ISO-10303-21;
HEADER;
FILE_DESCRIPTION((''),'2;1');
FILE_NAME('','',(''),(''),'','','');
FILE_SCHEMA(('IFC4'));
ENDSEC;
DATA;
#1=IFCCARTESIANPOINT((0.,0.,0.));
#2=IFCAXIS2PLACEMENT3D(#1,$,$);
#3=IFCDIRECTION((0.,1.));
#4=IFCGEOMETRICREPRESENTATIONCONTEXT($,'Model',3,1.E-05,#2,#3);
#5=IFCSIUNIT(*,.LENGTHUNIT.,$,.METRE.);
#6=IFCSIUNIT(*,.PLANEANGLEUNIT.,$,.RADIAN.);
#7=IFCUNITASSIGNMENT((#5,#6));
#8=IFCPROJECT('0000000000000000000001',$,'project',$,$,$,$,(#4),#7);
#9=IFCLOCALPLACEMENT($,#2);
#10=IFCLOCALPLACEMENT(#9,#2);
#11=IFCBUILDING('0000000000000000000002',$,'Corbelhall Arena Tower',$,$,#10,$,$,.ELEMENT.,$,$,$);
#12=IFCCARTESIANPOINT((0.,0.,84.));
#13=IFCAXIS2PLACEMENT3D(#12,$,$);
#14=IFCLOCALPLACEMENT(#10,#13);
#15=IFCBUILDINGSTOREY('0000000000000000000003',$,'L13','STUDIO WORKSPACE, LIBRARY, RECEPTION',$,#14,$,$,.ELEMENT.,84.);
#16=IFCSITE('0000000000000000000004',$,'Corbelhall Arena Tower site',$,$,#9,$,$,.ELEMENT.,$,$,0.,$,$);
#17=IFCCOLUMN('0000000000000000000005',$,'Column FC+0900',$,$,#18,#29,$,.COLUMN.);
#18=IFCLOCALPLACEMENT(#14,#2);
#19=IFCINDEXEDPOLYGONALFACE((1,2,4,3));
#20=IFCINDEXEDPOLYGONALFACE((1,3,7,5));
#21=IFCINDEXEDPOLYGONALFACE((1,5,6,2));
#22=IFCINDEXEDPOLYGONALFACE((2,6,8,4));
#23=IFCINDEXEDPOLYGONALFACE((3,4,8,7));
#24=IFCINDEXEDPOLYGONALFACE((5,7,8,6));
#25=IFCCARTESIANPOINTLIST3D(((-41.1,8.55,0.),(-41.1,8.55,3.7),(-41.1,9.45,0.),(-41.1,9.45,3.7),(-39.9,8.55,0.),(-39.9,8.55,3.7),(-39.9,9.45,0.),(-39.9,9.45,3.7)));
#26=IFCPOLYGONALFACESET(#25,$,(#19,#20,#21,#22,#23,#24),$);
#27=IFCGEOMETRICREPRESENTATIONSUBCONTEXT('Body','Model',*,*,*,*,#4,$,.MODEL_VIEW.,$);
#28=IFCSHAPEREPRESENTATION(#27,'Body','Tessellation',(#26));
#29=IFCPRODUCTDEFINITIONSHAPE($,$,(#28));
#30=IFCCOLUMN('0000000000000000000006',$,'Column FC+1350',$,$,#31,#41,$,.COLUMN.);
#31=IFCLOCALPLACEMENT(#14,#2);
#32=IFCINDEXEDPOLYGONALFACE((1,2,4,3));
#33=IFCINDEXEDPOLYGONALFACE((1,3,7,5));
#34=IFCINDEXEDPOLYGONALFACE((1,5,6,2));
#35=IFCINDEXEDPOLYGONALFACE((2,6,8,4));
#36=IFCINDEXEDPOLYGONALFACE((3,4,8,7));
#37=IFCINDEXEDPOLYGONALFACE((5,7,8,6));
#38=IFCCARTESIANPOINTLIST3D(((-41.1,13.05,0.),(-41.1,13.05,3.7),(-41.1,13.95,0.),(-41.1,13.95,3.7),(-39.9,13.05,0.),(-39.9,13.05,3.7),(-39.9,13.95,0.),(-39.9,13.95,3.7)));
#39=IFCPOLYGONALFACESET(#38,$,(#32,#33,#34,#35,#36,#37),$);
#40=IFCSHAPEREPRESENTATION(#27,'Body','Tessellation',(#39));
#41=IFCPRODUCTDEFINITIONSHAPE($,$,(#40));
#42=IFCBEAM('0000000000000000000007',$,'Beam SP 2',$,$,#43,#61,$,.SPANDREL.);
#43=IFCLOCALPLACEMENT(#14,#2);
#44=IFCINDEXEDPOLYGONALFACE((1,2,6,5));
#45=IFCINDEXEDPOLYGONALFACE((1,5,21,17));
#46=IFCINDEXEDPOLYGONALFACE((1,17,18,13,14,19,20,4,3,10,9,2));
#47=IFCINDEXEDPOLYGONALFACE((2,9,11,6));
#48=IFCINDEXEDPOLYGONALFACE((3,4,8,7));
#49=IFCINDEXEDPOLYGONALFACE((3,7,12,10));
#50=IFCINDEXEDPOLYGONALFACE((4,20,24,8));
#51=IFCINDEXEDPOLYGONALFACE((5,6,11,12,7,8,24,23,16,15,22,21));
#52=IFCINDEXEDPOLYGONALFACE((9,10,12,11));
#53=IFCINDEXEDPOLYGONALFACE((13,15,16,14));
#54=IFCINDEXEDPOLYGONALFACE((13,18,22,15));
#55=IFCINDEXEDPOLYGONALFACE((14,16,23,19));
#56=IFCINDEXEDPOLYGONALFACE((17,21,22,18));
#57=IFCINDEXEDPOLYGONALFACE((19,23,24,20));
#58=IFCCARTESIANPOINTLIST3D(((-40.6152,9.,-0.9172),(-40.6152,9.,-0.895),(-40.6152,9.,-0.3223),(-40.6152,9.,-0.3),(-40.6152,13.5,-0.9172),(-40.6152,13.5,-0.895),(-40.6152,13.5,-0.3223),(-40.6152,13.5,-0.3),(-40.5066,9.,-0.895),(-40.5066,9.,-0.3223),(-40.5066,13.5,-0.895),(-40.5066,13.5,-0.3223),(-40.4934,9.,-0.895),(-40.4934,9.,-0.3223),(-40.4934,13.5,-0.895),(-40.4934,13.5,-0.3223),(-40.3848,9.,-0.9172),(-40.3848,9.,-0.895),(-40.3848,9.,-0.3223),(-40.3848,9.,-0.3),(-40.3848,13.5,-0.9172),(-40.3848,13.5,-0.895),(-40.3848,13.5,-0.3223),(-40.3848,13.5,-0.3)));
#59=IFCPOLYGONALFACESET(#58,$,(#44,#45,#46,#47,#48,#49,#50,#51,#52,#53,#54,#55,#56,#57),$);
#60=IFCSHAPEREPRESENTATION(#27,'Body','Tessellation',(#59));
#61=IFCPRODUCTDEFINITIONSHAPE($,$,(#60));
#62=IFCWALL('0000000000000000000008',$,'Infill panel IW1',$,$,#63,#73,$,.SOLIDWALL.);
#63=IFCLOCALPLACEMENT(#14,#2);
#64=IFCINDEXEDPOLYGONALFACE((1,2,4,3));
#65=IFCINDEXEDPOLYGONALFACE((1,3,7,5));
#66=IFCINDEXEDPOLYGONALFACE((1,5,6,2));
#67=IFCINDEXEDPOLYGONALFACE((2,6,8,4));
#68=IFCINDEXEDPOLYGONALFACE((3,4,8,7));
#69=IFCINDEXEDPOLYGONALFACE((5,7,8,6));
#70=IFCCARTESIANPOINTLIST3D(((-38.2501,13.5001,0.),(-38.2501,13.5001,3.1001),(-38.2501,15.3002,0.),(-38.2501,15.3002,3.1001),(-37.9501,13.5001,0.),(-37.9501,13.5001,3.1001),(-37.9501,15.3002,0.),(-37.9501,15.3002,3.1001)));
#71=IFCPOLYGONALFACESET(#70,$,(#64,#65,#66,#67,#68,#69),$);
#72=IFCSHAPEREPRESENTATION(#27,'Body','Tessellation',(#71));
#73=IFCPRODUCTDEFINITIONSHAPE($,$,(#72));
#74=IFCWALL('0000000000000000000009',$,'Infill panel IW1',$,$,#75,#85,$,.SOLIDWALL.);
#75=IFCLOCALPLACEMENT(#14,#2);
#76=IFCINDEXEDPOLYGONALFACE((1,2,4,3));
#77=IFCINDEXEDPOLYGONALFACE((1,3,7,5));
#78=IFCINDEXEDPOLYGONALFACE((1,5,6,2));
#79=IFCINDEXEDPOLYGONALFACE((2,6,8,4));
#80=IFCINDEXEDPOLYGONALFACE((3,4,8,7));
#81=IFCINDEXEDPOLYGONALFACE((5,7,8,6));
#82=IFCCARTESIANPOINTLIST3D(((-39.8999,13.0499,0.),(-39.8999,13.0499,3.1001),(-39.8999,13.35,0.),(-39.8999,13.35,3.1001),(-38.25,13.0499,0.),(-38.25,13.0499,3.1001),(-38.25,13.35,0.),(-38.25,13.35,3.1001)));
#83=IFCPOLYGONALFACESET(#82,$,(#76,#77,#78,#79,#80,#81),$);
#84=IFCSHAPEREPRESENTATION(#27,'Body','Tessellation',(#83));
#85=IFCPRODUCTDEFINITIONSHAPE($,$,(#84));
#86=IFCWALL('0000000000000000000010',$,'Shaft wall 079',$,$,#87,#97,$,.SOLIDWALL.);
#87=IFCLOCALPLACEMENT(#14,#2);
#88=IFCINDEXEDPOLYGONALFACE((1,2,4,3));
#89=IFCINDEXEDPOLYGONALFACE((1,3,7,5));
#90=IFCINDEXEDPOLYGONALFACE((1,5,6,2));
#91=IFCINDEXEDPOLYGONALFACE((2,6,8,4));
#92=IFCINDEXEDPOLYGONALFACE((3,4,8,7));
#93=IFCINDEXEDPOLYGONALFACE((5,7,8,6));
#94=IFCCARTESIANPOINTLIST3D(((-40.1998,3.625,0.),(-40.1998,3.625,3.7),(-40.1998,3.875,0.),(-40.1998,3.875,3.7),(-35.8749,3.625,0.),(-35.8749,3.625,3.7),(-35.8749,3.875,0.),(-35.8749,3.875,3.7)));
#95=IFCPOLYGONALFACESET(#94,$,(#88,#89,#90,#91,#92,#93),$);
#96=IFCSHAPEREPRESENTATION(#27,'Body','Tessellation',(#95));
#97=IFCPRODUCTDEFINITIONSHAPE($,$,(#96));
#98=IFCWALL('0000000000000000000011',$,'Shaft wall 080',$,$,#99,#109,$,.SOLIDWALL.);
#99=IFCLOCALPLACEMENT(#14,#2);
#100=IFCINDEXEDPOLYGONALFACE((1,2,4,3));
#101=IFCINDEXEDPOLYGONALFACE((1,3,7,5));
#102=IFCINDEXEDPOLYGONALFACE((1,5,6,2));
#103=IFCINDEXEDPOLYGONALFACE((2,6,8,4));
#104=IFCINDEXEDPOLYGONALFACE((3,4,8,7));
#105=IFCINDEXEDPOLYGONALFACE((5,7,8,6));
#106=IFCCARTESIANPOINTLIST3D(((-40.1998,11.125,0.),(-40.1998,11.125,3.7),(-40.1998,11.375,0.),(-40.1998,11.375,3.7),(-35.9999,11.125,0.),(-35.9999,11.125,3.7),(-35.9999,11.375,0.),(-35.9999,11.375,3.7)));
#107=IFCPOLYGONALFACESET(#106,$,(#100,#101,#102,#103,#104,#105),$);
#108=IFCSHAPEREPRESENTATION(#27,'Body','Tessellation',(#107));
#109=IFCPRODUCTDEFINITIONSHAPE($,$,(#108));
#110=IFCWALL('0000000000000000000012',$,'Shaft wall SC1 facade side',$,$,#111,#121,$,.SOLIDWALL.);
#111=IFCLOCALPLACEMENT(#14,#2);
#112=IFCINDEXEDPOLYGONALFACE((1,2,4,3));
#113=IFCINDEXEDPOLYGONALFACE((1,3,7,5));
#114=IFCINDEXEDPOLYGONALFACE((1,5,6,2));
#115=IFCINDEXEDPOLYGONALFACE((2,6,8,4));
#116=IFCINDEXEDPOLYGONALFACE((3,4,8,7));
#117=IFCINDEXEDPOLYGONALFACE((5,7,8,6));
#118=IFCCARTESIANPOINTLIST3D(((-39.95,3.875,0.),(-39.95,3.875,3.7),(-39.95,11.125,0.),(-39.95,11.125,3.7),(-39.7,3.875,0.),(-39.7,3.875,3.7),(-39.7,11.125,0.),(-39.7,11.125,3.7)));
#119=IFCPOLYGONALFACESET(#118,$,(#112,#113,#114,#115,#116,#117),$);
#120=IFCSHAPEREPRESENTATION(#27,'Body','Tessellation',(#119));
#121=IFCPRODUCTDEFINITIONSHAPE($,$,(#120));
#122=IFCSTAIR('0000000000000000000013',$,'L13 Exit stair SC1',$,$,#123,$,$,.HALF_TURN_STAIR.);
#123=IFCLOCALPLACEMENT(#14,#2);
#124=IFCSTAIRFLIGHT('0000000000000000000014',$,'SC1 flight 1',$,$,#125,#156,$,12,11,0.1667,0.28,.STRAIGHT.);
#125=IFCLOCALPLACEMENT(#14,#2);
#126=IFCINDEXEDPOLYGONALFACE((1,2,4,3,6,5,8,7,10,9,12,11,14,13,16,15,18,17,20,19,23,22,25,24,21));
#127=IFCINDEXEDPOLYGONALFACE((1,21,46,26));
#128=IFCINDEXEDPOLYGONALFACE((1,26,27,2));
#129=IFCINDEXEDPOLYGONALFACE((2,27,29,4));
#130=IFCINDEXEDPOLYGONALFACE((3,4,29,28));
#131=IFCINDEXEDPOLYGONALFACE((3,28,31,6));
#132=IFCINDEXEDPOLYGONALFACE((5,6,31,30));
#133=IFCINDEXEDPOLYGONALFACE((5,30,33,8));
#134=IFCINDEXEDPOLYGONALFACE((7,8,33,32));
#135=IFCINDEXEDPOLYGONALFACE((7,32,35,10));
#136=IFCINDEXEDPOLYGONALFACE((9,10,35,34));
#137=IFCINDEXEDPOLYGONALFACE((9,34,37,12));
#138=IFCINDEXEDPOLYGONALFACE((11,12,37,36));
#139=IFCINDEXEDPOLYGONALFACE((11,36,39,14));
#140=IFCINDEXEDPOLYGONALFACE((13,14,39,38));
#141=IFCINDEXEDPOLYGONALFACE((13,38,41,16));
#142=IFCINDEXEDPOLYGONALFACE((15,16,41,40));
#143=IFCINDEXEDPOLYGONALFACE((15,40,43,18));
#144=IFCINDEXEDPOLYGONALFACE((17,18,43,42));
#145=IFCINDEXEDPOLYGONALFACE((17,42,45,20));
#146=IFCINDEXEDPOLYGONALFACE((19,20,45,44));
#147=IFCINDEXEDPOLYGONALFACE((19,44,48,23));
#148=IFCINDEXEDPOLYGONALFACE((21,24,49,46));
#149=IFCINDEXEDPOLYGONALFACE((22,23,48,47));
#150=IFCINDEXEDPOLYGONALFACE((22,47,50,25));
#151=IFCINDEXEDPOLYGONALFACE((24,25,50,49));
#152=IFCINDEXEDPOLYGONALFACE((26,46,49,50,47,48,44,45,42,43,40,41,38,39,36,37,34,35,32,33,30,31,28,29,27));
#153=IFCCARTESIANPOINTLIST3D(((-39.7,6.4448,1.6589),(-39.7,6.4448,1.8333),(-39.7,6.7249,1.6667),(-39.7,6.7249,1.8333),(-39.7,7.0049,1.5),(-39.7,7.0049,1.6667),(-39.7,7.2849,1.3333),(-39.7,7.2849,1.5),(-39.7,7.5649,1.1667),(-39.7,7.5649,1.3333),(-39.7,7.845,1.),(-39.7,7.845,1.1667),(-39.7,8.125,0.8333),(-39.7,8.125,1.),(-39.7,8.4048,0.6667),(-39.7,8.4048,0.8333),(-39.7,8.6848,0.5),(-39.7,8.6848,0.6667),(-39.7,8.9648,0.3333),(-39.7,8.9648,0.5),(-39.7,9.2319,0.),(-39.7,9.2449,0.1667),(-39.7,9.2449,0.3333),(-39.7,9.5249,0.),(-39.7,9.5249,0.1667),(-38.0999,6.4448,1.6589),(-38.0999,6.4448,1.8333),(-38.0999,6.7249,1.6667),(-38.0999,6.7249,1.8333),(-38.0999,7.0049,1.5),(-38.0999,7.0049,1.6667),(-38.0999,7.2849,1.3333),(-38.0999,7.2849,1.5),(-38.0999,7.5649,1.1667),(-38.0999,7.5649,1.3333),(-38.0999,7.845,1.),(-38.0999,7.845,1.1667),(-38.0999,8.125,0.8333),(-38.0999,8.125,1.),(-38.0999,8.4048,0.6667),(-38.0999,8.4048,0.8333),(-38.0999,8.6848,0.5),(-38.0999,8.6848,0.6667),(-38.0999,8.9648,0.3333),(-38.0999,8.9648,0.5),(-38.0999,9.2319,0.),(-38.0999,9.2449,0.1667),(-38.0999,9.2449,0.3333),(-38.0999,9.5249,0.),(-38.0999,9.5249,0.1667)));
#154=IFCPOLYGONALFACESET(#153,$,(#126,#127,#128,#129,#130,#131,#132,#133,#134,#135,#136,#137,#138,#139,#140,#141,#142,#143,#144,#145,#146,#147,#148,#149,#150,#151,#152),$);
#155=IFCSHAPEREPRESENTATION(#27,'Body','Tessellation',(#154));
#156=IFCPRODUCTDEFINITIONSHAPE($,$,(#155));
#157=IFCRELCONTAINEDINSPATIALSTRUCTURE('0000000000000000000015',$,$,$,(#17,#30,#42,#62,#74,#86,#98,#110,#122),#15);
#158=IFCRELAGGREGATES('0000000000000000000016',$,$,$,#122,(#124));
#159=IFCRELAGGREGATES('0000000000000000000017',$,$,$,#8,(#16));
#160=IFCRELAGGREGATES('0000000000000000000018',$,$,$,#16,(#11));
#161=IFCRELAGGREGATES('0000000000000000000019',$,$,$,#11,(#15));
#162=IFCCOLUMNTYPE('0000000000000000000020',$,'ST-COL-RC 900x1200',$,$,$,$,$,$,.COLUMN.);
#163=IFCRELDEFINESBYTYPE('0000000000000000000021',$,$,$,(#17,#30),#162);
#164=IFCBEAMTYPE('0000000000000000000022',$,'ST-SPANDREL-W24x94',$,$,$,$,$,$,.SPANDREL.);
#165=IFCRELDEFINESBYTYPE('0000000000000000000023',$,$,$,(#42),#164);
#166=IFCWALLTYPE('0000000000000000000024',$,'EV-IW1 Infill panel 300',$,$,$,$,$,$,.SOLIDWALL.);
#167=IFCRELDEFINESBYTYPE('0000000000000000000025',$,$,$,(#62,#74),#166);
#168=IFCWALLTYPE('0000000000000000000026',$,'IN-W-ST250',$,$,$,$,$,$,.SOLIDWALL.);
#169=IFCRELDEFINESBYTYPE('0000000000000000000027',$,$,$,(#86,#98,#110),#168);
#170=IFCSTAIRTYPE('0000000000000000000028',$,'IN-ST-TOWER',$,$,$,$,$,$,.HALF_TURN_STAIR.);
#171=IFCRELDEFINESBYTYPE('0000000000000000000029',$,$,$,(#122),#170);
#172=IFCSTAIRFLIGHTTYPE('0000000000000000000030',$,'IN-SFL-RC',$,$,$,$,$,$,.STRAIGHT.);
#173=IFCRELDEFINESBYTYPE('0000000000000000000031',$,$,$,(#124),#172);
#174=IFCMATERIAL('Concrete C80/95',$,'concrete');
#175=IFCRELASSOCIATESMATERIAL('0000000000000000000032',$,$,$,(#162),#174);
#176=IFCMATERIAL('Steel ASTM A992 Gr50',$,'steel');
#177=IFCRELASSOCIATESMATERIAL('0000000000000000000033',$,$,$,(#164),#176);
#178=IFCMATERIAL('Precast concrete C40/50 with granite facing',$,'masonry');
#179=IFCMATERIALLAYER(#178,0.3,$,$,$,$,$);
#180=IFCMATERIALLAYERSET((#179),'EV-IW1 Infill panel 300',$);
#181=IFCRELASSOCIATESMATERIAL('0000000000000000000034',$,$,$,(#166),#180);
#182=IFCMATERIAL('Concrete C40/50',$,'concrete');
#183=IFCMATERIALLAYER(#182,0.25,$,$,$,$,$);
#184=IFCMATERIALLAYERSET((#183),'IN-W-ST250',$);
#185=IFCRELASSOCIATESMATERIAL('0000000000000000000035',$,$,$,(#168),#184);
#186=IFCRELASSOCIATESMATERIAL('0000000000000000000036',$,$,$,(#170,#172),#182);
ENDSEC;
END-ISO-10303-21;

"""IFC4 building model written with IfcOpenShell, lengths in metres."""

from ifc_helpers import new_model, si_unit, direction, frame, frame_2d, origin, origin_2d, place, context, subcontext, project, spatial, polyline, rectangle, i_section, outline, extrude, material, layer, layer_set, material_profile, profile_set, type_object, element, aggregate, save


model = new_model("IFC4")

# Units and contexts
model_context = context("Model", 3, precision=1e-05, world=origin(), true_north=direction((0.0, 1.0)))
body_context = subcontext(model_context, "Body", "Model", "MODEL_VIEW")
ifc_project = project(units=[si_unit("LENGTHUNIT", "METRE"), si_unit("PLANEANGLEUNIT", "RADIAN")], contexts=[model_context])

# Site, building, storey
site_placement = place(None, origin())
site = spatial("IfcSite", under=ifc_project, at=site_placement, Name="Corbelhall Arena Tower site", CompositionType="ELEMENT", RefElevation=0.0)
building_placement = place(site_placement, origin())
building = spatial("IfcBuilding", under=site, at=building_placement, Name="Corbelhall Arena Tower", CompositionType="ELEMENT")
storey_placement = place(building_placement, frame((0.0, 0.0, 84.0)))
storey = spatial("IfcBuildingStorey", under=building, at=storey_placement, Name="L13", Description="STUDIO WORKSPACE, LIBRARY, RECEPTION", CompositionType="ELEMENT", Elevation=84.0)

# Columns
ifc_material_1 = material(Name="Concrete C80/95", Category="concrete")
ifc_material_profile_1 = material_profile(ifc_material_1, rectangle(XDim=0.8999, YDim=1.2, at=origin_2d()))
ifc_profile_set_1 = profile_set([ifc_material_profile_1], Name="Concrete C80/95")
column_type = type_object("IfcColumnType", Name="ST-COL-RC 900x1200", PredefinedType="COLUMN", material=ifc_profile_set_1)
for number, where, z_axis, x_axis, name in (
    (1, (-40.5, 9.0, 0.0), (0.0, 0.0, 1.0), (0.0, 1.0, 0.0), "Column FC+0900"),
    (2, (-40.5, 13.5, 0.0), (0.0, 0.0, 1.0), (0.0, 1.0, 0.0), "Column FC+1350"),
):
    element("IfcColumn", number, at=place(storey_placement, frame(where, z_axis=z_axis, x_axis=x_axis)), inside=storey, type_object=column_type, Name=name, PredefinedType="COLUMN", context=body_context, shape_type="SweptSolid", body=[
        extrude(rectangle(XDim=0.8999, YDim=1.2, at=origin_2d()), origin(), (0.0, 0.0, 1.0), 3.7),
    ])

# Beam
ifc_material_2 = material(Name="Steel ASTM A992 Gr50", Category="steel")
ifc_material_profile_2 = material_profile(ifc_material_2, i_section(OverallWidth=0.2305, OverallDepth=0.6172, WebThickness=0.0132, FlangeThickness=0.0222, at=origin_2d()))
ifc_profile_set_2 = profile_set([ifc_material_profile_2], Name="Steel ASTM A992 Gr50")
beam_type = type_object("IfcBeamType", Name="ST-SPANDREL-W24x94", PredefinedType="SPANDREL", material=ifc_profile_set_2)
beam_placement = place(storey_placement, frame((-40.5, 9.0, -0.6086), z_axis=(0.0, 1.0, 0.0), x_axis=(-1.0, 0.0, 0.0)))
element("IfcBeam", 3, at=beam_placement, inside=storey, type_object=beam_type, Name="Beam SP 2", PredefinedType="SPANDREL", context=body_context, shape_type="SweptSolid", body=[
    extrude(i_section(OverallWidth=0.2305, OverallDepth=0.6172, WebThickness=0.0132, FlangeThickness=0.0222, at=origin_2d()), origin(), (0.0, 0.0, 1.0), 4.5),
])

# Walls
ifc_material_3 = material(Name="Precast concrete C40/50 with granite facing", Category="masonry")
ifc_layer_1 = layer(ifc_material_3, 0.3)
ifc_layer_set_1 = layer_set([ifc_layer_1], Name="EV-IW1 Infill panel 300")
wall_type_1 = type_object("IfcWallType", Name="EV-IW1 Infill panel 300", PredefinedType="SOLIDWALL", material=ifc_layer_set_1)
wall_1_placement = place(storey_placement, frame((-38.1001, 15.3, 0.0), z_axis=(0.0, 0.0, 1.0), x_axis=(0.0, -1.0, 0.0)))
element("IfcWall", 4, at=wall_1_placement, inside=storey, type_object=wall_type_1, Name="Infill panel IW1", PredefinedType="SOLIDWALL", context=body_context, shape_type="SweptSolid", body=[
    extrude(rectangle(XDim=1.8, YDim=0.3, at=frame_2d((0.8999, 0.0))), origin(), (0.0, 0.0, 1.0), 3.1001),
])
wall_2_placement = place(storey_placement, frame((-39.8999, 13.2, 0.0), z_axis=(0.0, 0.0, 1.0), x_axis=(1.0, 0.0, 0.0)))
element("IfcWall", 5, at=wall_2_placement, inside=storey, type_object=wall_type_1, Name="Infill panel IW1", PredefinedType="SOLIDWALL", context=body_context, shape_type="SweptSolid", body=[
    extrude(rectangle(XDim=1.6499, YDim=0.3, at=frame_2d((0.825, 0.0))), origin(), (0.0, 0.0, 1.0), 3.1001),
])

# Walls
ifc_material_4 = material(Name="Concrete C40/50", Category="concrete")
ifc_layer_2 = layer(ifc_material_4, 0.25)
ifc_layer_set_2 = layer_set([ifc_layer_2], Name="IN-W-ST250")
wall_type_2 = type_object("IfcWallType", Name="IN-W-ST250", PredefinedType="SOLIDWALL", material=ifc_layer_set_2)
wall_3_placement = place(storey_placement, frame((-40.2, 3.75, 0.0), z_axis=(0.0, 0.0, 1.0), x_axis=(1.0, 0.0, 0.0)))
element("IfcWall", 6, at=wall_3_placement, inside=storey, type_object=wall_type_2, Name="Shaft wall 079", PredefinedType="SOLIDWALL", context=body_context, shape_type="SweptSolid", body=[
    extrude(rectangle(XDim=4.325, YDim=0.25, at=frame_2d((2.1626, 0.0))), origin(), (0.0, 0.0, 1.0), 3.7),
])
wall_4_placement = place(storey_placement, frame((-40.2, 11.25, 0.0), z_axis=(0.0, 0.0, 1.0), x_axis=(1.0, 0.0, 0.0)))
element("IfcWall", 7, at=wall_4_placement, inside=storey, type_object=wall_type_2, Name="Shaft wall 080", PredefinedType="SOLIDWALL", context=body_context, shape_type="SweptSolid", body=[
    extrude(rectangle(XDim=4.2, YDim=0.25, at=frame_2d((2.1001, 0.0))), origin(), (0.0, 0.0, 1.0), 3.7),
])
wall_5_placement = place(storey_placement, frame((-39.825, 3.875, 0.0), z_axis=(0.0, 0.0, 1.0), x_axis=(0.0, 1.0, 0.0)))
element("IfcWall", 8, at=wall_5_placement, inside=storey, type_object=wall_type_2, Name="Shaft wall SC1 facade side", PredefinedType="SOLIDWALL", context=body_context, shape_type="SweptSolid", body=[
    extrude(rectangle(XDim=7.25, YDim=0.25, at=frame_2d((3.625, 0.0))), origin(), (0.0, 0.0, 1.0), 3.7),
])

# Stair, stair flight
stair_type = type_object("IfcStairType", Name="IN-ST-TOWER", PredefinedType="HALF_TURN_STAIR", material=ifc_material_4)
stair_placement = place(storey_placement, origin())
stair = element("IfcStair", 9, at=stair_placement, inside=storey, type_object=stair_type, Name="L13 Exit stair SC1", PredefinedType="HALF_TURN_STAIR")
stair_flight_type = type_object("IfcStairFlightType", Name="IN-SFL-RC", PredefinedType="STRAIGHT", material=ifc_material_4)
stair_flight_placement = place(storey_placement, frame((-38.8999, 9.5249, 0.0), z_axis=(0.0, 0.0, 1.0), x_axis=(0.0, -1.0, 0.0)))
stair_flight = element("IfcStairFlight", 10, at=stair_flight_placement, type_object=stair_flight_type, Name="SC1 flight 1", NumberOfRisers=12, NumberOfTreads=11, PredefinedType="STRAIGHT", RiserHeight=0.1667, TreadLength=0.28, context=body_context, shape_type="SweptSolid", body=[
    extrude(outline(polyline([(0.0, 0.0), (0.0, 0.1667), (0.28, 0.1667), (0.28, 0.3333), (0.5601, 0.3333), (0.5601, 0.5), (0.8401, 0.5), (0.8401, 0.6667), (1.1201, 0.6667), (1.1201, 0.8333), (1.3999, 0.8333), (1.3999, 1.0), (1.6799, 1.0), (1.6799, 1.1667), (1.96, 1.1667), (1.96, 1.3333), (2.24, 1.3333), (2.24, 1.5), (2.52, 1.5), (2.52, 1.6667), (2.8, 1.6667), (2.8, 1.8333), (3.0801, 1.8333), (3.0801, 2.0), (3.0801, 1.6589), (0.293, 0.0), (0.0, 0.0)])), frame((0.0, 0.8, 0.0), z_axis=(0.0, -1.0, 0.0), x_axis=(1.0, 0.0, 0.0)), (0.0, 0.0, 1.0), 1.6001),
])
aggregate(stair, [stair_flight])

save(model, "model.ifc")
